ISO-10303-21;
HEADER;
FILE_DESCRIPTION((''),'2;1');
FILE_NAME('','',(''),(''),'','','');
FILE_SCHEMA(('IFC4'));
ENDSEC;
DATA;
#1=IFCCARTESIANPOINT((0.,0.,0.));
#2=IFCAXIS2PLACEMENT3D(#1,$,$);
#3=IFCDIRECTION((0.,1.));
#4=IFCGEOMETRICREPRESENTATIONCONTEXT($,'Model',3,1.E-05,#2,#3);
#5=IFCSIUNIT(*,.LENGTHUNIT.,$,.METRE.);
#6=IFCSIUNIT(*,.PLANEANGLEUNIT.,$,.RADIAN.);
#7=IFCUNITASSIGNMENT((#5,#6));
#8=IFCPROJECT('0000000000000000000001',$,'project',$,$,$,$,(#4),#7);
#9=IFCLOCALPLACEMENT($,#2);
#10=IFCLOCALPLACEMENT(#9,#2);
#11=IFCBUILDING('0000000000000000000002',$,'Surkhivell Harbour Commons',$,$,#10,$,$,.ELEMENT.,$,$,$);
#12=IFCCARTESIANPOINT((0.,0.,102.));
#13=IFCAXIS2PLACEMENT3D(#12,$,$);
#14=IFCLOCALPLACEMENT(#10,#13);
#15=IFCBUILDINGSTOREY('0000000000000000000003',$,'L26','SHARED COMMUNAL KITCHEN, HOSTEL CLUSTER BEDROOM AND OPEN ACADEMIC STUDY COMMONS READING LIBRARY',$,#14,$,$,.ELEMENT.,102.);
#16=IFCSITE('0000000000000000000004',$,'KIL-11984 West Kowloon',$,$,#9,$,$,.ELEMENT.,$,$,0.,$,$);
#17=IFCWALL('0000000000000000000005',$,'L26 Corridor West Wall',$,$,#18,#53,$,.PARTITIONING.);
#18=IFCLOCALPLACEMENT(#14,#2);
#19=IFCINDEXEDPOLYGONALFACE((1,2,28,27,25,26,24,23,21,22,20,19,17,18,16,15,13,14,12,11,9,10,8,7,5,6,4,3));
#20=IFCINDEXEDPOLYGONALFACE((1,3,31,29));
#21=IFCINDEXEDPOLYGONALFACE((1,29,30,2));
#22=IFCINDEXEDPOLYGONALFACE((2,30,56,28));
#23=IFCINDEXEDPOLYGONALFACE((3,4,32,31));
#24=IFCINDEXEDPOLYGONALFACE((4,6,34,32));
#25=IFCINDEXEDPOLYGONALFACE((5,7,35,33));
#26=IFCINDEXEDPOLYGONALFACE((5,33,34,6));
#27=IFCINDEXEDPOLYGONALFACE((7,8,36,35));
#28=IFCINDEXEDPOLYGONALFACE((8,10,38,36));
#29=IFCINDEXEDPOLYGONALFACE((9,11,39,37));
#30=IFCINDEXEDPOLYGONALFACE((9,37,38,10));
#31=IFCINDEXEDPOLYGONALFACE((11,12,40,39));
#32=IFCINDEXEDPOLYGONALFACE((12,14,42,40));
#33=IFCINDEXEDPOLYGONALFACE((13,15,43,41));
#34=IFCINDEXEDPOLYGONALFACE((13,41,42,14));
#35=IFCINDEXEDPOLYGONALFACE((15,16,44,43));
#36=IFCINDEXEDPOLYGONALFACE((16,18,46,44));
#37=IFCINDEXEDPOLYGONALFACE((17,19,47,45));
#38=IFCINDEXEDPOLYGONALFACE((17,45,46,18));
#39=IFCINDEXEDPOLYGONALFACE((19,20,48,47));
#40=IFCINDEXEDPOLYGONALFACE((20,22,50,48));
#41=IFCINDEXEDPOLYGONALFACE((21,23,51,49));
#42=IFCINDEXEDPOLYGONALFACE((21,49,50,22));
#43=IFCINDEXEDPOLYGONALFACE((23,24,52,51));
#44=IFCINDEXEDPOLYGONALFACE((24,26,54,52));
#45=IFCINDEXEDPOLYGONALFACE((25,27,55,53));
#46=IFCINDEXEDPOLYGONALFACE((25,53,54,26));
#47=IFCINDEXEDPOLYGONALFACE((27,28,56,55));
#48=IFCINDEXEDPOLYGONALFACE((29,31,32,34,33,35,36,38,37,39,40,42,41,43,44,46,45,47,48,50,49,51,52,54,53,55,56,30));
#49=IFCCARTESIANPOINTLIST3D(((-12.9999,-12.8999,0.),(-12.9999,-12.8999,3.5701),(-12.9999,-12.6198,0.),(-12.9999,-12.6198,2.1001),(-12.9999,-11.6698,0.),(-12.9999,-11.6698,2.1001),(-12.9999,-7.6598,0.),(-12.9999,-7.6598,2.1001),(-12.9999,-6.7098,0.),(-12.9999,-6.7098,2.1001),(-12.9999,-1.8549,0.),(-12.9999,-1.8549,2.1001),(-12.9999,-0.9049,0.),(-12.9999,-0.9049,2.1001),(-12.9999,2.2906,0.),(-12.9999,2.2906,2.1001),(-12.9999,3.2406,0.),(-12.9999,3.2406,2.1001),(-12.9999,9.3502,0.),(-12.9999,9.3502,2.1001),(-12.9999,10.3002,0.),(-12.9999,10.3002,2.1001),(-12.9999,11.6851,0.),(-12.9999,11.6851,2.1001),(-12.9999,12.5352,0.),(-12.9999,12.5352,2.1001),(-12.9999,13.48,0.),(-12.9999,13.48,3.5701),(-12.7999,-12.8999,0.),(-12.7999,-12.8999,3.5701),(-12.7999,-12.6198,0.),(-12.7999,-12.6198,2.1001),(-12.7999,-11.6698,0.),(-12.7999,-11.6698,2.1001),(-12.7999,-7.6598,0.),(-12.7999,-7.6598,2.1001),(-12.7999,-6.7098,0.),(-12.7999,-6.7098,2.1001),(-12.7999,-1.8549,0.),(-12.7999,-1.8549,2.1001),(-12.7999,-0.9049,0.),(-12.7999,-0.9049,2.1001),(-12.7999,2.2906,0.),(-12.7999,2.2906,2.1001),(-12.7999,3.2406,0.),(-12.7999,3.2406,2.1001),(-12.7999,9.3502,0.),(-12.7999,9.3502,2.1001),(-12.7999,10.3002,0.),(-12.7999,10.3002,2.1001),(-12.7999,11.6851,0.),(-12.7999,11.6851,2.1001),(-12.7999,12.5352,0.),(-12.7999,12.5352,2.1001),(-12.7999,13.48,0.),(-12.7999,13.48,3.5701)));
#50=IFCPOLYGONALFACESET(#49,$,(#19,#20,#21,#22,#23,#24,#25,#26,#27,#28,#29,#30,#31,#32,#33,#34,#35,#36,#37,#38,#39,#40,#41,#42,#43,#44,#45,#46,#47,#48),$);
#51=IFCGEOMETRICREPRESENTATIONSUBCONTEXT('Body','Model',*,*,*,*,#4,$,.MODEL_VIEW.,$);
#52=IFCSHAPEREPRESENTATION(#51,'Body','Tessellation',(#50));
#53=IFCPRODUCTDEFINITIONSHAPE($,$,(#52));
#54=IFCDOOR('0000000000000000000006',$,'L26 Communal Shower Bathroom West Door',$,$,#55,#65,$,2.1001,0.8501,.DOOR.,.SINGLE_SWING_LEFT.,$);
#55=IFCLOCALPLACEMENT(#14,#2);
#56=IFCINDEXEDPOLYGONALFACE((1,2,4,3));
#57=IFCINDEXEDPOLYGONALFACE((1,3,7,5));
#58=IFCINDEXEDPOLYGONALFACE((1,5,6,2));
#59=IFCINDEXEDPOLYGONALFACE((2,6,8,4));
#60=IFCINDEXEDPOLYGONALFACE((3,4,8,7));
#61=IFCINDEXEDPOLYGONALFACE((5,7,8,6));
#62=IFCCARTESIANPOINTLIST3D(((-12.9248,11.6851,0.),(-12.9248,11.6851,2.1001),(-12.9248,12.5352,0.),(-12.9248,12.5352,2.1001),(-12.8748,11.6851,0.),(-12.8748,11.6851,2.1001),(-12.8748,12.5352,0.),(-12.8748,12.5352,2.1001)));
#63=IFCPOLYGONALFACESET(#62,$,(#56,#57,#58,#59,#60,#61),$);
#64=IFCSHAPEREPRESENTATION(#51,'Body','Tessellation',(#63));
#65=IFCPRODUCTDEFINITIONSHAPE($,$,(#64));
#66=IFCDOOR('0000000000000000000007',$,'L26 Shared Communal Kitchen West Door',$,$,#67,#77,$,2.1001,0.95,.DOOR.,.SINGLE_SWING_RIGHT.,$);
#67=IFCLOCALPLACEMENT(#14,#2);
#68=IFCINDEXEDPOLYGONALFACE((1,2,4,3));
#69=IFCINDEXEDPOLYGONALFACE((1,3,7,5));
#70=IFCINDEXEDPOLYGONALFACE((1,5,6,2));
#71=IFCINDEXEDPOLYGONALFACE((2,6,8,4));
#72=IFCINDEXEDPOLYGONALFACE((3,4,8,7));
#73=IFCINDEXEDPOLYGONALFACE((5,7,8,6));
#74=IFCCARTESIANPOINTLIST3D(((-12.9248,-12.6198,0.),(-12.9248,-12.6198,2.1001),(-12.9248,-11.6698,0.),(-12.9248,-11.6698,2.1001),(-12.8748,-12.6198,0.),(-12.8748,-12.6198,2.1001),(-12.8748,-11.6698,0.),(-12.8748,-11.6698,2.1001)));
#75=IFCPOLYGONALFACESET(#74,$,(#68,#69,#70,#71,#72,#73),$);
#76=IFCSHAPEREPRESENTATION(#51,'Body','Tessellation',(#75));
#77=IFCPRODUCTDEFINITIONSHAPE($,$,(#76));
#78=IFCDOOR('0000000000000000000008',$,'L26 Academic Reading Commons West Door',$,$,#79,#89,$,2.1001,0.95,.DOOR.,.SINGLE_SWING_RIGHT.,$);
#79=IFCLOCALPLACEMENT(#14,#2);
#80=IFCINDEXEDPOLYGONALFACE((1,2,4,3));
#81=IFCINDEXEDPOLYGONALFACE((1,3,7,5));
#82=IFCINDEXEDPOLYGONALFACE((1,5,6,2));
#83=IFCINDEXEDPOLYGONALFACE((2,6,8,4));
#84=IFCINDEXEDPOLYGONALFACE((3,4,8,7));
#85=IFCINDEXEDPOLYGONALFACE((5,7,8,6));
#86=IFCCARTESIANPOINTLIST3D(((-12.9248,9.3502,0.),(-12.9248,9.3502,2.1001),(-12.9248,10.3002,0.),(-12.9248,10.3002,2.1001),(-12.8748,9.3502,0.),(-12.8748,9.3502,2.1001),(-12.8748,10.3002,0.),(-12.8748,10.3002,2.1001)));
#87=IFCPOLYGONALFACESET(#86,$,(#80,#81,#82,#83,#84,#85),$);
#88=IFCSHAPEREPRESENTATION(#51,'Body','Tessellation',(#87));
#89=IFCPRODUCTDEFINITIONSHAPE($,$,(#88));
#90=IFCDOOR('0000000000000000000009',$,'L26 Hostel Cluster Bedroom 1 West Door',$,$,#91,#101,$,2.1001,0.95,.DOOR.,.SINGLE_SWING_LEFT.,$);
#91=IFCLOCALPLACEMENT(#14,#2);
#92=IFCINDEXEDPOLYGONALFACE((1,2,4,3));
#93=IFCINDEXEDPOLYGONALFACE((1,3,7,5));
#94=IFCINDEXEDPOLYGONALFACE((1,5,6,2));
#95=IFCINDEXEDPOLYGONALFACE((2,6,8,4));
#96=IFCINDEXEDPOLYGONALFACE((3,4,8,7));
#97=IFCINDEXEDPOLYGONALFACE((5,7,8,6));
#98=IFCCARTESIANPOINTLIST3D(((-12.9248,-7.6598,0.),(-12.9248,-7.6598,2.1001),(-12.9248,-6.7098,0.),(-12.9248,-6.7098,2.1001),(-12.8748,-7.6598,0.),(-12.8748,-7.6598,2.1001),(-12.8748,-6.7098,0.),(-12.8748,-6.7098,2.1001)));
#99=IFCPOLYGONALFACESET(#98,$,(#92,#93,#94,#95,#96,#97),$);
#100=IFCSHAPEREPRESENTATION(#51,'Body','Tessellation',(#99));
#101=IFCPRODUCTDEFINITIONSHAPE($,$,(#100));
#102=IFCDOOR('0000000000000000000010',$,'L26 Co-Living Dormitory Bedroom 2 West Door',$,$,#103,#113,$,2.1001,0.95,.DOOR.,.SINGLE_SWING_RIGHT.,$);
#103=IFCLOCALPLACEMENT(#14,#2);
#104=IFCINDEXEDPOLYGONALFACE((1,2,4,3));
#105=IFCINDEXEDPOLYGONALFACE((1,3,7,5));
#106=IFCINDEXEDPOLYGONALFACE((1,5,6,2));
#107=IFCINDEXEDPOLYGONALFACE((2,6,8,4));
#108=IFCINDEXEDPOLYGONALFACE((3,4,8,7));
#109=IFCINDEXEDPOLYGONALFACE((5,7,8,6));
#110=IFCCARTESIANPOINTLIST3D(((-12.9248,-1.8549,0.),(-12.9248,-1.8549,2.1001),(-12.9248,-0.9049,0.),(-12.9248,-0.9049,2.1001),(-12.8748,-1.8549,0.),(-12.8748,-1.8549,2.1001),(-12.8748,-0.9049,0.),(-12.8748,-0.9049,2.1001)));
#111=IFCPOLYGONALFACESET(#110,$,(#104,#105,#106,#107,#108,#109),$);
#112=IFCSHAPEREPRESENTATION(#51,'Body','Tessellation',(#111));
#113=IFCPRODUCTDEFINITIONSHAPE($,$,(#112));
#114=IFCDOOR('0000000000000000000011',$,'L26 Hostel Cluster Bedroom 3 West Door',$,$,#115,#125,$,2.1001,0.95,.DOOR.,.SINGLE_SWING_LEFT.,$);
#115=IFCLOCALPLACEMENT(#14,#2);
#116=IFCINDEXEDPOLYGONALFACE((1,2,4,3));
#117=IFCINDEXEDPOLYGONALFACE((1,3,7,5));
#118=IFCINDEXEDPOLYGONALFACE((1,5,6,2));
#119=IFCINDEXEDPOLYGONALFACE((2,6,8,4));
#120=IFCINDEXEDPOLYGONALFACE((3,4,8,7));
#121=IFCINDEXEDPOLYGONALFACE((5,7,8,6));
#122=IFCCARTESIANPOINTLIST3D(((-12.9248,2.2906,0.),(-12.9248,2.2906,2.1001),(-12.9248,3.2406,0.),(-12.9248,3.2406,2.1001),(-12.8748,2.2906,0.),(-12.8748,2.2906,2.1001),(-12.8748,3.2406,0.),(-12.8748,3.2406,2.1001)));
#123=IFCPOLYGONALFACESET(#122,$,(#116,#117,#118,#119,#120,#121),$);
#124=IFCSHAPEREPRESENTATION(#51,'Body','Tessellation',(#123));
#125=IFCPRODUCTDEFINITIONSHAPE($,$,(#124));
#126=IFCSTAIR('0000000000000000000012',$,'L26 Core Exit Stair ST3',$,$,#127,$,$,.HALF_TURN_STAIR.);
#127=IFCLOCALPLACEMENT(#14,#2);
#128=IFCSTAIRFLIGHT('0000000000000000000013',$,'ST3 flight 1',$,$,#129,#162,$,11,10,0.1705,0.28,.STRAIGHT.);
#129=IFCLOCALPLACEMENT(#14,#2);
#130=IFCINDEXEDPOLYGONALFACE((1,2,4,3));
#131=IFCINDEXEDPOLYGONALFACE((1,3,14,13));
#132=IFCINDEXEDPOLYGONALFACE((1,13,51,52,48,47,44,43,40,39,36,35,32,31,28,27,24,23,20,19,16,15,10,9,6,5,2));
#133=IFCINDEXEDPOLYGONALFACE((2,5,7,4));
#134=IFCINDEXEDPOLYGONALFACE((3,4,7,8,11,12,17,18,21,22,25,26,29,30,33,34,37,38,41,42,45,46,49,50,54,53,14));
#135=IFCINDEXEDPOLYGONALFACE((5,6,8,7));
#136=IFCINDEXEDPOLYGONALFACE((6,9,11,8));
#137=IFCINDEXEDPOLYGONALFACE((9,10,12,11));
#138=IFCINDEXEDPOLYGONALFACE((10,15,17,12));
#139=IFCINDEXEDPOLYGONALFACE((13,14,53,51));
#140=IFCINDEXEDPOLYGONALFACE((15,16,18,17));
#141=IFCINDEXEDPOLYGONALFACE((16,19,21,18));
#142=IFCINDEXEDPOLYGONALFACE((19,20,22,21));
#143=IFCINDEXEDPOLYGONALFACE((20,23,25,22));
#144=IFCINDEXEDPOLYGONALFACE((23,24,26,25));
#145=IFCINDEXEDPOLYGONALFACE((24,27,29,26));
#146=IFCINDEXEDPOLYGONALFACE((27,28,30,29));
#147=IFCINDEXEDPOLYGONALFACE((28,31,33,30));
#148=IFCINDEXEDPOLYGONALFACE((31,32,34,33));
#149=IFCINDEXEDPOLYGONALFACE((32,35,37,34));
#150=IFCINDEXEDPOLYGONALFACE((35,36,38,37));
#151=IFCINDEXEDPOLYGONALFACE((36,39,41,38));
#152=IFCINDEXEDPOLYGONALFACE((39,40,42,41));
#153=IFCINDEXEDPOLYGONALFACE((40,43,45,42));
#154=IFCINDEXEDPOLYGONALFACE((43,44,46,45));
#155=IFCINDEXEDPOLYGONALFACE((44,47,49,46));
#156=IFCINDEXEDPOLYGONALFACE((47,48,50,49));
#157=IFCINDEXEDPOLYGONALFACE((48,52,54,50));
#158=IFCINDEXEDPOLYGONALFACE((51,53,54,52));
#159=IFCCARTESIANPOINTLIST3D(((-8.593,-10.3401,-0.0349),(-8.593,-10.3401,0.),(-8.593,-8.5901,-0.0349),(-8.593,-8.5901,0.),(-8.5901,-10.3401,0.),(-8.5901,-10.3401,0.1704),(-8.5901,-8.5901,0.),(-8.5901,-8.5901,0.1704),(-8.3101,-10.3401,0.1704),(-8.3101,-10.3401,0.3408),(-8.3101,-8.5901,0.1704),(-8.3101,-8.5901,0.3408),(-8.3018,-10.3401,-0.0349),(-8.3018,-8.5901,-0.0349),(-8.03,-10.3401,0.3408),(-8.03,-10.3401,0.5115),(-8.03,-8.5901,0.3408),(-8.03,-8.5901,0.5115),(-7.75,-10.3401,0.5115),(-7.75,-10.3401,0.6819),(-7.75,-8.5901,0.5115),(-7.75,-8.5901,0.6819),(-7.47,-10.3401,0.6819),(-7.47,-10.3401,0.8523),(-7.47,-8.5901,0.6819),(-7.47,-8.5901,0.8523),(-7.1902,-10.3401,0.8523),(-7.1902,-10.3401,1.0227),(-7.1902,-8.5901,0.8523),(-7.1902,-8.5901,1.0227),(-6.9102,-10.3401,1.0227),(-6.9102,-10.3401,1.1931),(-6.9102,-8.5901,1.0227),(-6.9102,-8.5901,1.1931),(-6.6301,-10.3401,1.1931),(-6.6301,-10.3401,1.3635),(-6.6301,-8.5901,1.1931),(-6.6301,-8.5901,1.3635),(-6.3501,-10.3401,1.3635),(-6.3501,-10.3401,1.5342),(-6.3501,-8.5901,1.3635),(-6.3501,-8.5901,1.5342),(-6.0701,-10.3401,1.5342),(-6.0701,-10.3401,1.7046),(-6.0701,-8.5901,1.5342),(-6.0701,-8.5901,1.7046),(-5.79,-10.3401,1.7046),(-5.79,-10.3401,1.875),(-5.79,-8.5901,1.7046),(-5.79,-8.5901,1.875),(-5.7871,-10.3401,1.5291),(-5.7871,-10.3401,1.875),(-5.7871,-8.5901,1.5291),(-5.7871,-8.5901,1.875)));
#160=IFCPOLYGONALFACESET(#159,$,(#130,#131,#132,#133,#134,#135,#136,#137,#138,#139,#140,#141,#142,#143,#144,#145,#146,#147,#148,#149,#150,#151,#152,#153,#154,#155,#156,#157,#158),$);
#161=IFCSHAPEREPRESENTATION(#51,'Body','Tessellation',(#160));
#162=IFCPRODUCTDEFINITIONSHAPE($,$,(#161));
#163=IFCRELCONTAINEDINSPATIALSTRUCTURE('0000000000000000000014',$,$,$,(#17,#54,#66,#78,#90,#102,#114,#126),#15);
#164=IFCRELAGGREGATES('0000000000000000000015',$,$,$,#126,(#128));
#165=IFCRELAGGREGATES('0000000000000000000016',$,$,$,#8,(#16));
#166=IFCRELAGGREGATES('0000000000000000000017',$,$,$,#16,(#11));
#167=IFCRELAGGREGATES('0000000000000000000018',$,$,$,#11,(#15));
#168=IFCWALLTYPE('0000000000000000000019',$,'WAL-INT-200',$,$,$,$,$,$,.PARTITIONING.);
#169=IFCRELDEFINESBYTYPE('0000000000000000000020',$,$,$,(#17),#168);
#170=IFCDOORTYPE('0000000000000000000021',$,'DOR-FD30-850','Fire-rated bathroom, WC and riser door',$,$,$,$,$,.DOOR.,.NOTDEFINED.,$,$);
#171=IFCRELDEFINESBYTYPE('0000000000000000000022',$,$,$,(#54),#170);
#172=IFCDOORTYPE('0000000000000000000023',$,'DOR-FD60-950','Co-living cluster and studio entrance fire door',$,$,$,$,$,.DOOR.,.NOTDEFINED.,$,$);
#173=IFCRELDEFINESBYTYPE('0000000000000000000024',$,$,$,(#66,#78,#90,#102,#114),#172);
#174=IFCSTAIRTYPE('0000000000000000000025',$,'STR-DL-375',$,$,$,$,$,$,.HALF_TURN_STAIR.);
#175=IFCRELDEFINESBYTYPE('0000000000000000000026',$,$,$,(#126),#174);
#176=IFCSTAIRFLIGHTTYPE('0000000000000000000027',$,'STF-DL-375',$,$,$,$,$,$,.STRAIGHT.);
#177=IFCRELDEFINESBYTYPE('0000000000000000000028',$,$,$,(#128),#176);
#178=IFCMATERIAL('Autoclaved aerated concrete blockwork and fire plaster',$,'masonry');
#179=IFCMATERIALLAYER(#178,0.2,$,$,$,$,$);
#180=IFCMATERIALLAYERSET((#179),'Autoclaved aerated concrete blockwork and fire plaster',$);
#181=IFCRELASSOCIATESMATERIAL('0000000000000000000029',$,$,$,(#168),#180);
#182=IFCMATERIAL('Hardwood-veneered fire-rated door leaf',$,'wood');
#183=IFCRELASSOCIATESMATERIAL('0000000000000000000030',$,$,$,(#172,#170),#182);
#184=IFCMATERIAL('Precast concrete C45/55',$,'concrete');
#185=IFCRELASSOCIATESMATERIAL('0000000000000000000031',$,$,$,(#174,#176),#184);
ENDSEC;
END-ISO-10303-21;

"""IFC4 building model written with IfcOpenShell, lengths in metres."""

from ifc_helpers import new_model, si_unit, direction, frame, frame_2d, origin, place, context, subcontext, project, spatial, polyline, rectangle, outline, extrude, material, layer, layer_set, type_object, element, fill, aggregate, save


model = new_model("IFC4")

# Units and contexts
model_context = context("Model", 3, precision=1e-05, world=origin(), true_north=direction((0.0, 1.0)))
body_context = subcontext(model_context, "Body", "Model", "MODEL_VIEW")
ifc_project = project(units=[si_unit("LENGTHUNIT", "METRE"), si_unit("PLANEANGLEUNIT", "RADIAN")], contexts=[model_context])

# Site, building, storey
site_placement = place(None, origin())
site = spatial("IfcSite", under=ifc_project, at=site_placement, Name="KIL-11984 West Kowloon", CompositionType="ELEMENT", RefElevation=0.0)
building_placement = place(site_placement, origin())
building = spatial("IfcBuilding", under=site, at=building_placement, Name="Surkhivell Harbour Commons", CompositionType="ELEMENT")
storey_placement = place(building_placement, frame((0.0, 0.0, 102.0)))
storey = spatial("IfcBuildingStorey", under=building, at=storey_placement, Name="L26", Description="SHARED COMMUNAL KITCHEN, HOSTEL CLUSTER BEDROOM AND OPEN ACADEMIC STUDY COMMONS READING LIBRARY", CompositionType="ELEMENT", Elevation=102.0)

# Shared definitions
ifc_material_1 = material(Name="Autoclaved aerated concrete blockwork and fire plaster", Category="masonry")
ifc_layer_1 = layer(ifc_material_1, 0.2)
ifc_layer_set_1 = layer_set([ifc_layer_1], Name="Autoclaved aerated concrete blockwork and fire plaster")
wall_type_1 = type_object("IfcWallType", Name="WAL-INT-200", PredefinedType="PARTITIONING", material=ifc_layer_set_1)

# Shared definitions
ifc_material_2 = material(Name="Hardwood-veneered fire-rated door leaf", Category="wood")
door_type_1 = type_object("IfcDoorType", Name="DOR-FD60-950", Description="Co-living cluster and studio entrance fire door", OperationType="NOTDEFINED", PredefinedType="DOOR", material=ifc_material_2)

# Wall, openings, doors
wall_1_placement = place(storey_placement, frame((-12.8999, -12.8999, 0.0), z_axis=(0.0, 0.0, 1.0), x_axis=(0.0, 1.0, 0.0)))
wall_1 = element("IfcWall", 1, at=wall_1_placement, inside=storey, type_object=wall_type_1, Name="L26 Corridor West Wall", PredefinedType="PARTITIONING", context=body_context, shape_type="SweptSolid", body=[
    extrude(rectangle(XDim=26.3799, YDim=0.2, at=frame_2d((13.1899, 0.0))), origin(), (0.0, 0.0, 1.0), 3.5701),
])
opening_1_placement = place(wall_1_placement, frame((0.28, 0.0, 0.0)))
opening_1 = element("IfcOpeningElement", 2, at=opening_1_placement, cuts=wall_1, PredefinedType="OPENING", context=body_context, shape_type="SweptSolid", body=[
    extrude(rectangle(XDim=0.95, YDim=2.1001, at=frame_2d((0.4751, 1.05))), frame((0.0, 0.1099, 0.0), z_axis=(0.0, -1.0, 0.0), x_axis=(1.0, 0.0, 0.0)), (0.0, 0.0, 1.0), 0.22),
])
opening_2_placement = place(wall_1_placement, frame((24.585, 0.0, 0.0)))
opening_2 = element("IfcOpeningElement", 3, at=opening_2_placement, cuts=wall_1, PredefinedType="OPENING", context=body_context, shape_type="SweptSolid", body=[
    extrude(rectangle(XDim=0.8501, YDim=2.1001, at=frame_2d((0.425, 1.05))), frame((0.0, 0.1099, 0.0), z_axis=(0.0, -1.0, 0.0), x_axis=(1.0, 0.0, 0.0)), (0.0, 0.0, 1.0), 0.22),
])
opening_3_placement = place(wall_1_placement, frame((22.25, 0.0, 0.0)))
opening_3 = element("IfcOpeningElement", 4, at=opening_3_placement, cuts=wall_1, PredefinedType="OPENING", context=body_context, shape_type="SweptSolid", body=[
    extrude(rectangle(XDim=0.95, YDim=2.1001, at=frame_2d((0.4751, 1.05))), frame((0.0, 0.1099, 0.0), z_axis=(0.0, -1.0, 0.0), x_axis=(1.0, 0.0, 0.0)), (0.0, 0.0, 1.0), 0.22),
])
opening_4_placement = place(wall_1_placement, frame((5.24, 0.0, 0.0)))
opening_4 = element("IfcOpeningElement", 5, at=opening_4_placement, cuts=wall_1, PredefinedType="OPENING", context=body_context, shape_type="SweptSolid", body=[
    extrude(rectangle(XDim=0.95, YDim=2.1001, at=frame_2d((0.4751, 1.05))), frame((0.0, 0.1099, 0.0), z_axis=(0.0, -1.0, 0.0), x_axis=(1.0, 0.0, 0.0)), (0.0, 0.0, 1.0), 0.22),
])
opening_5_placement = place(wall_1_placement, frame((11.0449, 0.0, 0.0)))
opening_5 = element("IfcOpeningElement", 6, at=opening_5_placement, cuts=wall_1, PredefinedType="OPENING", context=body_context, shape_type="SweptSolid", body=[
    extrude(rectangle(XDim=0.95, YDim=2.1001, at=frame_2d((0.4751, 1.05))), frame((0.0, 0.1099, 0.0), z_axis=(0.0, -1.0, 0.0), x_axis=(1.0, 0.0, 0.0)), (0.0, 0.0, 1.0), 0.22),
])
opening_6_placement = place(wall_1_placement, frame((15.1904, 0.0, 0.0)))
opening_6 = element("IfcOpeningElement", 7, at=opening_6_placement, cuts=wall_1, PredefinedType="OPENING", context=body_context, shape_type="SweptSolid", body=[
    extrude(rectangle(XDim=0.95, YDim=2.1001, at=frame_2d((0.4751, 1.05))), frame((0.0, 0.1099, 0.0), z_axis=(0.0, -1.0, 0.0), x_axis=(1.0, 0.0, 0.0)), (0.0, 0.0, 1.0), 0.22),
])
door_type_2 = type_object("IfcDoorType", Name="DOR-FD30-850", Description="Fire-rated bathroom, WC and riser door", OperationType="NOTDEFINED", PredefinedType="DOOR", material=ifc_material_2)
door_1_placement = place(opening_2_placement, origin())
door_1 = element("IfcDoor", 8, at=door_1_placement, inside=storey, type_object=door_type_2, Name="L26 Communal Shower Bathroom West Door", OperationType="SINGLE_SWING_LEFT", OverallHeight=2.1001, OverallWidth=0.8501, PredefinedType="DOOR", context=body_context, shape_type="SweptSolid", body=[
    extrude(rectangle(XDim=0.8501, YDim=2.1001, at=frame_2d((0.425, 1.05))), frame((0.0, 0.0249, 0.0), z_axis=(0.0, -1.0, 0.0), x_axis=(1.0, 0.0, 0.0)), (0.0, 0.0, 1.0), 0.05),
])
fill(opening_2, door_1)
door_2_placement = place(opening_1_placement, origin())
door_2 = element("IfcDoor", 9, at=door_2_placement, inside=storey, type_object=door_type_1, Name="L26 Shared Communal Kitchen West Door", OperationType="SINGLE_SWING_RIGHT", OverallHeight=2.1001, OverallWidth=0.95, PredefinedType="DOOR", context=body_context, shape_type="SweptSolid", body=[
    extrude(rectangle(XDim=0.95, YDim=2.1001, at=frame_2d((0.4751, 1.05))), frame((0.0, 0.0249, 0.0), z_axis=(0.0, -1.0, 0.0), x_axis=(1.0, 0.0, 0.0)), (0.0, 0.0, 1.0), 0.05),
])
fill(opening_1, door_2)
door_3_placement = place(opening_3_placement, origin())
door_3 = element("IfcDoor", 10, at=door_3_placement, inside=storey, type_object=door_type_1, Name="L26 Academic Reading Commons West Door", OperationType="SINGLE_SWING_RIGHT", OverallHeight=2.1001, OverallWidth=0.95, PredefinedType="DOOR", context=body_context, shape_type="SweptSolid", body=[
    extrude(rectangle(XDim=0.95, YDim=2.1001, at=frame_2d((0.4751, 1.05))), frame((0.0, 0.0249, 0.0), z_axis=(0.0, -1.0, 0.0), x_axis=(1.0, 0.0, 0.0)), (0.0, 0.0, 1.0), 0.05),
])
fill(opening_3, door_3)
door_4_placement = place(opening_4_placement, origin())
door_4 = element("IfcDoor", 11, at=door_4_placement, inside=storey, type_object=door_type_1, Name="L26 Hostel Cluster Bedroom 1 West Door", OperationType="SINGLE_SWING_LEFT", OverallHeight=2.1001, OverallWidth=0.95, PredefinedType="DOOR", context=body_context, shape_type="SweptSolid", body=[
    extrude(rectangle(XDim=0.95, YDim=2.1001, at=frame_2d((0.4751, 1.05))), frame((0.0, 0.0249, 0.0), z_axis=(0.0, -1.0, 0.0), x_axis=(1.0, 0.0, 0.0)), (0.0, 0.0, 1.0), 0.05),
])
fill(opening_4, door_4)
door_5_placement = place(opening_5_placement, origin())
door_5 = element("IfcDoor", 12, at=door_5_placement, inside=storey, type_object=door_type_1, Name="L26 Co-Living Dormitory Bedroom 2 West Door", OperationType="SINGLE_SWING_RIGHT", OverallHeight=2.1001, OverallWidth=0.95, PredefinedType="DOOR", context=body_context, shape_type="SweptSolid", body=[
    extrude(rectangle(XDim=0.95, YDim=2.1001, at=frame_2d((0.4751, 1.05))), frame((0.0, 0.0249, 0.0), z_axis=(0.0, -1.0, 0.0), x_axis=(1.0, 0.0, 0.0)), (0.0, 0.0, 1.0), 0.05),
])
fill(opening_5, door_5)
door_6_placement = place(opening_6_placement, origin())
door_6 = element("IfcDoor", 13, at=door_6_placement, inside=storey, type_object=door_type_1, Name="L26 Hostel Cluster Bedroom 3 West Door", OperationType="SINGLE_SWING_LEFT", OverallHeight=2.1001, OverallWidth=0.95, PredefinedType="DOOR", context=body_context, shape_type="SweptSolid", body=[
    extrude(rectangle(XDim=0.95, YDim=2.1001, at=frame_2d((0.4751, 1.05))), frame((0.0, 0.0249, 0.0), z_axis=(0.0, -1.0, 0.0), x_axis=(1.0, 0.0, 0.0)), (0.0, 0.0, 1.0), 0.05),
])
fill(opening_6, door_6)

# Stair, stair flight
ifc_material_3 = material(Name="Precast concrete C45/55", Category="concrete")
stair_type = type_object("IfcStairType", Name="STR-DL-375", PredefinedType="HALF_TURN_STAIR", material=ifc_material_3)
stair_placement = place(storey_placement, origin())
stair = element("IfcStair", 14, at=stair_placement, inside=storey, type_object=stair_type, Name="L26 Core Exit Stair ST3", PredefinedType="HALF_TURN_STAIR")
stair_flight_type = type_object("IfcStairFlightType", Name="STF-DL-375", PredefinedType="STRAIGHT", material=ifc_material_3)
stair_flight_placement = place(storey_placement, frame((-8.5901, -9.4651, 0.0), z_axis=(0.0, 0.0, 1.0), x_axis=(1.0, 0.0, 0.0)))
stair_flight = element("IfcStairFlight", 15, at=stair_flight_placement, type_object=stair_flight_type, Name="ST3 flight 1", NumberOfRisers=11, NumberOfTreads=10, PredefinedType="STRAIGHT", RiserHeight=0.1705, TreadLength=0.28, context=body_context, shape_type="SweptSolid", body=[
    extrude(outline(polyline([(-0.0029, -0.0349), (-0.0029, 0.0), (0.0, 0.0), (0.0, 0.1704), (0.28, 0.1704), (0.28, 0.3408), (0.5601, 0.3408), (0.5601, 0.5115), (0.8401, 0.5115), (0.8401, 0.6819), (1.1201, 0.6819), (1.1201, 0.8523), (1.3999, 0.8523), (1.3999, 1.0227), (1.6799, 1.0227), (1.6799, 1.1931), (1.96, 1.1931), (1.96, 1.3635), (2.24, 1.3635), (2.24, 1.5342), (2.52, 1.5342), (2.52, 1.7046), (2.8, 1.7046), (2.8, 1.875), (2.803, 1.875), (2.803, 1.5291), (0.2883, -0.0349), (-0.0029, -0.0349)])), frame((0.0, 0.875, 0.0), z_axis=(0.0, -1.0, 0.0), x_axis=(1.0, 0.0, 0.0)), (0.0, 0.0, 1.0), 1.75),
])
aggregate(stair, [stair_flight])

save(model, "model.ifc")
